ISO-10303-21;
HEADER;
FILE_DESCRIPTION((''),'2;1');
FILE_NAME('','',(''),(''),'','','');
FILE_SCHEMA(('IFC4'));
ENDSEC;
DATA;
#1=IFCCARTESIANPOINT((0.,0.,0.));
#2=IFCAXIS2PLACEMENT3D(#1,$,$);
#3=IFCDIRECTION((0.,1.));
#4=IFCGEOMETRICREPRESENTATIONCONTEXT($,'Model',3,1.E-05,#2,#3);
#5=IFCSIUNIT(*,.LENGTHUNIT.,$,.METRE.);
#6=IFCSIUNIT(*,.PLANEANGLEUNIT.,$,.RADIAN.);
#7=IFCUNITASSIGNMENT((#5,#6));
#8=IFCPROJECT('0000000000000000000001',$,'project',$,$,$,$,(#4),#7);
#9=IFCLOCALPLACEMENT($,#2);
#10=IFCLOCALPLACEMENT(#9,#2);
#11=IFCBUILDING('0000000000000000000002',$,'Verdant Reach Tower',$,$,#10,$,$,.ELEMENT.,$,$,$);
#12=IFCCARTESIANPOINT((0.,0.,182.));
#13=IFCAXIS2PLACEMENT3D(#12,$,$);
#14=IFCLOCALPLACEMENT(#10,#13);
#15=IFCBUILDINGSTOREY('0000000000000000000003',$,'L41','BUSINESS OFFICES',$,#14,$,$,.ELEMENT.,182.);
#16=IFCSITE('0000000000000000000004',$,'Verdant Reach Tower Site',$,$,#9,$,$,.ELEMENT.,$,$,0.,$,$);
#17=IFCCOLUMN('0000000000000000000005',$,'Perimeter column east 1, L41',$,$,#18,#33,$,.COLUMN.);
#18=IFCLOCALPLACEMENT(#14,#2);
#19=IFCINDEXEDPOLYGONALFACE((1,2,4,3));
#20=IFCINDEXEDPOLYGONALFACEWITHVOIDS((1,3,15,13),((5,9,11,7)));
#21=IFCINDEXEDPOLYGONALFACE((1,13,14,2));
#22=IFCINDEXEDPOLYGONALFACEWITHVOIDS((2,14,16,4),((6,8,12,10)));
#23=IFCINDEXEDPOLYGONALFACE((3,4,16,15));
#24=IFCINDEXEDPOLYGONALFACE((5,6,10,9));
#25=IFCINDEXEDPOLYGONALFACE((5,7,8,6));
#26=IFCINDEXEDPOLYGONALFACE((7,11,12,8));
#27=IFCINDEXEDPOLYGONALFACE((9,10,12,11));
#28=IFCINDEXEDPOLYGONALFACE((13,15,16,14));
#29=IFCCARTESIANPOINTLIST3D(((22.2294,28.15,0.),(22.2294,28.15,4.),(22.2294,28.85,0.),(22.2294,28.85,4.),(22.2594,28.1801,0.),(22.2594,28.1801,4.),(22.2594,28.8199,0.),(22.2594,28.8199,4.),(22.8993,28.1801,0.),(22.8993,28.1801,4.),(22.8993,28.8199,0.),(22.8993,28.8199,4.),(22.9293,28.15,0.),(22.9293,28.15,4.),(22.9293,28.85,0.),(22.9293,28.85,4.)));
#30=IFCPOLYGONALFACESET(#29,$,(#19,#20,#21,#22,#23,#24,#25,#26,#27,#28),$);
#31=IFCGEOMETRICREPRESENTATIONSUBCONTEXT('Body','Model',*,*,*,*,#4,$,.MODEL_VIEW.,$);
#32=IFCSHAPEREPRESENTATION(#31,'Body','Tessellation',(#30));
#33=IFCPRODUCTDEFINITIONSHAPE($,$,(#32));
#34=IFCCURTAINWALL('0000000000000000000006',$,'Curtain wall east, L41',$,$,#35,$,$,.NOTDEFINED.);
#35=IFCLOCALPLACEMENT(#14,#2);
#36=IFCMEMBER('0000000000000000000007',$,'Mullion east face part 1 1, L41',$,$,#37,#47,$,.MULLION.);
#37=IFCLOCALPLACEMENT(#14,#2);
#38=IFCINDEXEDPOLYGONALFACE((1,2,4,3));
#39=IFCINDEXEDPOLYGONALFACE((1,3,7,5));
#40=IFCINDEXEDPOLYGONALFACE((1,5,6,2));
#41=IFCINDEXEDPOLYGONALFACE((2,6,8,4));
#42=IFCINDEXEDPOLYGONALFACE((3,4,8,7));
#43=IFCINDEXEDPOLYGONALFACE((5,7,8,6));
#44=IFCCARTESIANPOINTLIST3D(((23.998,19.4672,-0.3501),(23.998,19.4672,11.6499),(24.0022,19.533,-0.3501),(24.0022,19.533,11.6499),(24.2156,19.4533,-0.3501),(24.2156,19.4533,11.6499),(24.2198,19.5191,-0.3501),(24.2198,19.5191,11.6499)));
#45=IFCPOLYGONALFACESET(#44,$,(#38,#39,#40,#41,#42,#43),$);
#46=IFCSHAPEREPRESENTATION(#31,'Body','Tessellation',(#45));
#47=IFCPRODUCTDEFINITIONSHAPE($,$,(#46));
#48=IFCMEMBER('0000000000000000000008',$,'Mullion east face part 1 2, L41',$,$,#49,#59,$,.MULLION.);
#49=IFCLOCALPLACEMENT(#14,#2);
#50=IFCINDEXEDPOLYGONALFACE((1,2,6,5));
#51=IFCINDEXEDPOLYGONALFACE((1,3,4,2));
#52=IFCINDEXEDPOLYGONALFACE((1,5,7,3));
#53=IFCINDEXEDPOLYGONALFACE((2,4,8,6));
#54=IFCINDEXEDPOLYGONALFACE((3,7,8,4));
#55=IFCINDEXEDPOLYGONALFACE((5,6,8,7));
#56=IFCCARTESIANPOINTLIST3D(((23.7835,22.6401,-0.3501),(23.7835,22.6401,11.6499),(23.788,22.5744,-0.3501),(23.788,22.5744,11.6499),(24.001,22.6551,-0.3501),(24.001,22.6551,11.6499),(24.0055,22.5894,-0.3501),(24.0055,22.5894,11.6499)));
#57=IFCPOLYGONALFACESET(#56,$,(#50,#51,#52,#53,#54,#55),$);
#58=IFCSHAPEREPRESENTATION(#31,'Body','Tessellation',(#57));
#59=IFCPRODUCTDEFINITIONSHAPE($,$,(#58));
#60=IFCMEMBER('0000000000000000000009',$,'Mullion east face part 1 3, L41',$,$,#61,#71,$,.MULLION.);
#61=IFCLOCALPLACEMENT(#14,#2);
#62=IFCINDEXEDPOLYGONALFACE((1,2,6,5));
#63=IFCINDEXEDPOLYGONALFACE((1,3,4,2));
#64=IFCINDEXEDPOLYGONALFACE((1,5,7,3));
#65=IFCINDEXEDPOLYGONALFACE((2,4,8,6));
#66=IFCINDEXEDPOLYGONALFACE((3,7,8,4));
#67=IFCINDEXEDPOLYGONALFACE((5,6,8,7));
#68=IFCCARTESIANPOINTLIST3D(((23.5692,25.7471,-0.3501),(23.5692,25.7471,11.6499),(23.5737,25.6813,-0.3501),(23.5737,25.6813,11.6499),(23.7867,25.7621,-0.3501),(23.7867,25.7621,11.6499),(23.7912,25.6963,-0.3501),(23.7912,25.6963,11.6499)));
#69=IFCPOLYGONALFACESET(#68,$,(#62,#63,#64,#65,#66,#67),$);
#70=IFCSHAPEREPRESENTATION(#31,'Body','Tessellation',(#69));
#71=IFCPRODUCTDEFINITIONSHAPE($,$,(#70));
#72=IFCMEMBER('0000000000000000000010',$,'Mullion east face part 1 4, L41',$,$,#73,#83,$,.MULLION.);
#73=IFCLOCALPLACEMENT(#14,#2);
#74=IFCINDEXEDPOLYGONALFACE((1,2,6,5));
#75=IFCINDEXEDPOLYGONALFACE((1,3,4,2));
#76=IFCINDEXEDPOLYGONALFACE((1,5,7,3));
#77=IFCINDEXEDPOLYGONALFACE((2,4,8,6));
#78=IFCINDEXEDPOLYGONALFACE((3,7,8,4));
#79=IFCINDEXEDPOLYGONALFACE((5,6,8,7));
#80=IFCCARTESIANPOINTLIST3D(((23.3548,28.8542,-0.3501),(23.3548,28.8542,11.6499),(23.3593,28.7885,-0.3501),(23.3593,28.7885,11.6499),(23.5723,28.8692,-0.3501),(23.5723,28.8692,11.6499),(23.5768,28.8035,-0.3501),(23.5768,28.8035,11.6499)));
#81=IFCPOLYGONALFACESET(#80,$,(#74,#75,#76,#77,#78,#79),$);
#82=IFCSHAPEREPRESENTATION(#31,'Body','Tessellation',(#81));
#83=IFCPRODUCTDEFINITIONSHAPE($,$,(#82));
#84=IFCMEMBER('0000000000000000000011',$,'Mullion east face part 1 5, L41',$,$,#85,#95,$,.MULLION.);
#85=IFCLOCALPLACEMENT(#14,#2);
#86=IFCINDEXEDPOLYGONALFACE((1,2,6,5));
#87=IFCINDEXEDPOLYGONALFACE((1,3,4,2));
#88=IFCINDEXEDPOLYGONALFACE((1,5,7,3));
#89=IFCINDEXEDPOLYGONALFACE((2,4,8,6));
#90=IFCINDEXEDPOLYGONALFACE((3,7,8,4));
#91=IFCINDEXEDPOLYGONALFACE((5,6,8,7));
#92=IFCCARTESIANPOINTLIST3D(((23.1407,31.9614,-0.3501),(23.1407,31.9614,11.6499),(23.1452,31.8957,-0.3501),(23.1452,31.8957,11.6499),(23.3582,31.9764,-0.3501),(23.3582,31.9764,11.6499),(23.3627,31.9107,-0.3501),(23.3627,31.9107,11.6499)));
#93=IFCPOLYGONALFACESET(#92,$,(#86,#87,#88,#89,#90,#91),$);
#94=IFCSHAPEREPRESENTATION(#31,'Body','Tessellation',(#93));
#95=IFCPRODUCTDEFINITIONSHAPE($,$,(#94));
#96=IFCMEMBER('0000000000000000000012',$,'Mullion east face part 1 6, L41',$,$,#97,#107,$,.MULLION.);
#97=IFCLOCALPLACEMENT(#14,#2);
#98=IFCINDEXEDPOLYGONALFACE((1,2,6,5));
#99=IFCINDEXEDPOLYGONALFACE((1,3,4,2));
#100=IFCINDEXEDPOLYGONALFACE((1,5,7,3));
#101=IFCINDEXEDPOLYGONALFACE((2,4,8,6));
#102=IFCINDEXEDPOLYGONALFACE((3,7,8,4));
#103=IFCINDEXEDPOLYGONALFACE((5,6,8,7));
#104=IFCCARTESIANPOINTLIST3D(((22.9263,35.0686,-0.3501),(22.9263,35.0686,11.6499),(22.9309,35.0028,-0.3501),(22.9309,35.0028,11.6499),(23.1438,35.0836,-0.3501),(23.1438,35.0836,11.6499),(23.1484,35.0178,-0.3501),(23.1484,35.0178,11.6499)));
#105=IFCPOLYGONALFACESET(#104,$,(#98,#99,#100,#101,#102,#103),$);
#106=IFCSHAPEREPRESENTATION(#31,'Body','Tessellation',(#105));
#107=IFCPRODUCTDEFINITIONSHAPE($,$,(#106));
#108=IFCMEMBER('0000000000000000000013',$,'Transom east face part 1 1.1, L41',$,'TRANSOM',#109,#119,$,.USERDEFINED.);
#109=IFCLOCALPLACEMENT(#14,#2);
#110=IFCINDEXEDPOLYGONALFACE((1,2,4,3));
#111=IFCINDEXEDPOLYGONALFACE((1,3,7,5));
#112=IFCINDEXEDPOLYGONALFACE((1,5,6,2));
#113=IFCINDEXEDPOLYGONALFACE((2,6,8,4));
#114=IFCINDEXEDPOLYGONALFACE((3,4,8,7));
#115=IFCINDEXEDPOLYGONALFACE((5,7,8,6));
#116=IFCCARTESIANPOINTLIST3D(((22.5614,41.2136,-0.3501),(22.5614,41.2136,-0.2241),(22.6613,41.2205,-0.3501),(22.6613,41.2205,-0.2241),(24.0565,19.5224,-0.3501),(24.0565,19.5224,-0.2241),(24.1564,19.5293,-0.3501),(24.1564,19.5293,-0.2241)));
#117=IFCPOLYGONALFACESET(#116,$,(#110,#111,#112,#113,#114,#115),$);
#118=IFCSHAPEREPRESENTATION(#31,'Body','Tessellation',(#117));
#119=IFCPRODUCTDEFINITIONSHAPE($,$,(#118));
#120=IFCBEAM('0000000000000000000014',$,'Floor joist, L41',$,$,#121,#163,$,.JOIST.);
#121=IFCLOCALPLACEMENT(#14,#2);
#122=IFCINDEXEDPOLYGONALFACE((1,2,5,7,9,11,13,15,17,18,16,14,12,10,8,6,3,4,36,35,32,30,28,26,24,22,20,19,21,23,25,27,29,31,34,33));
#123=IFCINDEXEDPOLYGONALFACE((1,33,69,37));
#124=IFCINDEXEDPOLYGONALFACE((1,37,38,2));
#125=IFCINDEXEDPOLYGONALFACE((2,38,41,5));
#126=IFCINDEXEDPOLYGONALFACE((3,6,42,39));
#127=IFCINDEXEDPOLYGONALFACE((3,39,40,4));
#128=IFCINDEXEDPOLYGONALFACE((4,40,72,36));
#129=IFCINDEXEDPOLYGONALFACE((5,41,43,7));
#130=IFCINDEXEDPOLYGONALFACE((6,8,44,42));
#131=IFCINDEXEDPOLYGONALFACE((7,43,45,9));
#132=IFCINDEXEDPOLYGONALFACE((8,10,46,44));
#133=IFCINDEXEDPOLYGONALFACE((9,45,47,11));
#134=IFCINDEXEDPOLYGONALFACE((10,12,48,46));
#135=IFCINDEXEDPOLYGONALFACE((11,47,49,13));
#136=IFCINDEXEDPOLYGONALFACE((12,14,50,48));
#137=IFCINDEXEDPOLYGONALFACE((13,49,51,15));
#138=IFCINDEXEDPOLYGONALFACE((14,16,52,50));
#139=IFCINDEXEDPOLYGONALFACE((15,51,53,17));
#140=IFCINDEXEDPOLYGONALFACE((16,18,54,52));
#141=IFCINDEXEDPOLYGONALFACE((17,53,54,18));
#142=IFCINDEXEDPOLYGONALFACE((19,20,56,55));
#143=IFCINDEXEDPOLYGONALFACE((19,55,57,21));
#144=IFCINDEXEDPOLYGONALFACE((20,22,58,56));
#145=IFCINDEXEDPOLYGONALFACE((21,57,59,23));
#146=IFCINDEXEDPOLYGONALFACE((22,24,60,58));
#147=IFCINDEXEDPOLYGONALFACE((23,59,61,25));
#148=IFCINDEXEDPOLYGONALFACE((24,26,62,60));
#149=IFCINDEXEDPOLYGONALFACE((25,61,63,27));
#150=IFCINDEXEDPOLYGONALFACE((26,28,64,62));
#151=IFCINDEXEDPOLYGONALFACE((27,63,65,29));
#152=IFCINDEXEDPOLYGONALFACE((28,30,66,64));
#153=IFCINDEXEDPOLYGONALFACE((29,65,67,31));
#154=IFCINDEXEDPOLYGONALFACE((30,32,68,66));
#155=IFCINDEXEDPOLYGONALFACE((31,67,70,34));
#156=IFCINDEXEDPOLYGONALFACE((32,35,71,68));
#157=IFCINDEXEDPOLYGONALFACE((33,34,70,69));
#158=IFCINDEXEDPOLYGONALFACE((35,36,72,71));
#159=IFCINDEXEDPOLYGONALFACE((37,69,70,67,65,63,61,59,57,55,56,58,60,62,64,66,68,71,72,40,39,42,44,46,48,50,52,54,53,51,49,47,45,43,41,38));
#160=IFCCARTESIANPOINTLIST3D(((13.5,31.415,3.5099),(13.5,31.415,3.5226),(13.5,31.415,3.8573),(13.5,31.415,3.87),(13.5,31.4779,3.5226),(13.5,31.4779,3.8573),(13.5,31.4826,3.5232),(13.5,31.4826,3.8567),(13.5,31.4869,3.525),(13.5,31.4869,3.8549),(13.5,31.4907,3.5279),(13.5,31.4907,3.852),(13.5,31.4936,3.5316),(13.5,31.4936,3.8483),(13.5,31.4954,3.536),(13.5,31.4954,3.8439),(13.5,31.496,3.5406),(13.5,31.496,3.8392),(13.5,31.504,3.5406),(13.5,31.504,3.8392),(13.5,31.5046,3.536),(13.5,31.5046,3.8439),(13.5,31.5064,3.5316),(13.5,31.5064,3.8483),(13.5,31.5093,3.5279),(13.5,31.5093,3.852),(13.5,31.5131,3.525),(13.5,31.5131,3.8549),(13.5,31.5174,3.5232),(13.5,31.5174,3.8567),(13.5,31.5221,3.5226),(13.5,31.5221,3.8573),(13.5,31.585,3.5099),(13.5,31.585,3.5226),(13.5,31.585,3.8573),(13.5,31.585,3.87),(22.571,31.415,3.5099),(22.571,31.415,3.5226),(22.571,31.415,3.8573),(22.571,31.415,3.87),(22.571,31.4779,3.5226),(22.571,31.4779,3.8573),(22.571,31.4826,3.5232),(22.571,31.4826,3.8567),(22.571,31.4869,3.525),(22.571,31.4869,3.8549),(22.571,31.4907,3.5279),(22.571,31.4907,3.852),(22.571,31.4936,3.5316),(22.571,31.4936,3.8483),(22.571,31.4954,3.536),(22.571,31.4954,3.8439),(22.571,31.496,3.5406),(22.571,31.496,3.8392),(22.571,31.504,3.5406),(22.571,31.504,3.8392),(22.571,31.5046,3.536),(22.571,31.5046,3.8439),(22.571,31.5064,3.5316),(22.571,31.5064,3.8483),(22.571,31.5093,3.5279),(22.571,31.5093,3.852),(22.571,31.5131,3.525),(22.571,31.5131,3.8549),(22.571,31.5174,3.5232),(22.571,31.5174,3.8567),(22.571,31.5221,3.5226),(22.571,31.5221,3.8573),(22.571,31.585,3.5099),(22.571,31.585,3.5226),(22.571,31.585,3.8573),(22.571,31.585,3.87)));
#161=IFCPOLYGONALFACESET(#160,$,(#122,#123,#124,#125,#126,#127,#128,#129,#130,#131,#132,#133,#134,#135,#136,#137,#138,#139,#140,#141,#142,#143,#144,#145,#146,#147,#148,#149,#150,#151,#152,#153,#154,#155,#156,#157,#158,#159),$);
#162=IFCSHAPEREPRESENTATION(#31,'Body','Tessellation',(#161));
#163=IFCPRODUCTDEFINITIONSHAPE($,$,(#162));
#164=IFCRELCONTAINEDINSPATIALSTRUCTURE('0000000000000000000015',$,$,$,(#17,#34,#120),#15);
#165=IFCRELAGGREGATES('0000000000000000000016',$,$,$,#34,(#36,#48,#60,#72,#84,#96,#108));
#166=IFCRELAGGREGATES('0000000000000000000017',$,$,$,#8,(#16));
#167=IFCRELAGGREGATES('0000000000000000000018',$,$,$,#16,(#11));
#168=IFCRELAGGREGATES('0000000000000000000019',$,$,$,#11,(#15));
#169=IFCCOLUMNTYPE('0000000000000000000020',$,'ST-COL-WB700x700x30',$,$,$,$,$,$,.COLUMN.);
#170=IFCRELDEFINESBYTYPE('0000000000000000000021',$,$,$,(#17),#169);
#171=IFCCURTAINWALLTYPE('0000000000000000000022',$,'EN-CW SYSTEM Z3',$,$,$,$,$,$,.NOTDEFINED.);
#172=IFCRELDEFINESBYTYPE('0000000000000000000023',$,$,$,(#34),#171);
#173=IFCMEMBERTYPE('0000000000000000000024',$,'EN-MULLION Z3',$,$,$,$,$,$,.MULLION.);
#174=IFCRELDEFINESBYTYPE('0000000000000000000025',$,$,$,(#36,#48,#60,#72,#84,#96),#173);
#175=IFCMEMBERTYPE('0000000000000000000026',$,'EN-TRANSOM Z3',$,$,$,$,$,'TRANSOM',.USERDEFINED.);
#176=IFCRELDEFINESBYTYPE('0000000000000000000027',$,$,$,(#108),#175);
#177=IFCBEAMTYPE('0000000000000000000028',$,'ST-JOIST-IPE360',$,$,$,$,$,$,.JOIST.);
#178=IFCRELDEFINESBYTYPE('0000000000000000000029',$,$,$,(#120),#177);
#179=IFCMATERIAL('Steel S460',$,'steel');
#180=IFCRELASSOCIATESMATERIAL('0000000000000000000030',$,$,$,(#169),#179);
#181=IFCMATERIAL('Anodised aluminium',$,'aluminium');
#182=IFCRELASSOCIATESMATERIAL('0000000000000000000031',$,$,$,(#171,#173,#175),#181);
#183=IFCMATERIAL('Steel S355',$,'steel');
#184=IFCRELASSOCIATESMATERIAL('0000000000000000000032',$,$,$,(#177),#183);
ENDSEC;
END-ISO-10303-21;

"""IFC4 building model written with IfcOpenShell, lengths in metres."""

from ifc_helpers import new_model, si_unit, direction, frame, origin, origin_2d, place, context, subcontext, project, spatial, rectangle, hollow_rectangle, i_section, extrude, material, material_profile, profile_set, type_object, element, aggregate, save


model = new_model("IFC4")

# Units and contexts
model_context = context("Model", 3, precision=1e-05, world=origin(), true_north=direction((0.0, 1.0)))
body_context = subcontext(model_context, "Body", "Model", "MODEL_VIEW")
ifc_project = project(units=[si_unit("LENGTHUNIT", "METRE"), si_unit("PLANEANGLEUNIT", "RADIAN")], contexts=[model_context])

# Site, building, storey
site_placement = place(None, origin())
site = spatial("IfcSite", under=ifc_project, at=site_placement, Name="Verdant Reach Tower Site", CompositionType="ELEMENT", RefElevation=0.0)
building_placement = place(site_placement, origin())
building = spatial("IfcBuilding", under=site, at=building_placement, Name="Verdant Reach Tower", CompositionType="ELEMENT")
storey_placement = place(building_placement, frame((0.0, 0.0, 182.0)))
storey = spatial("IfcBuildingStorey", under=building, at=storey_placement, Name="L41", Description="BUSINESS OFFICES", CompositionType="ELEMENT", Elevation=182.0)

# Column
ifc_material_1 = material(Name="Steel S460", Category="steel")
ifc_material_profile_1 = material_profile(ifc_material_1, hollow_rectangle(XDim=0.7, YDim=0.7, WallThickness=0.03, at=origin_2d()), Name="WB 700x700x30")
ifc_profile_set_1 = profile_set([ifc_material_profile_1], Name="Steel S460")
column_type = type_object("IfcColumnType", Name="ST-COL-WB700x700x30", PredefinedType="COLUMN", material=ifc_profile_set_1)
column_placement = place(storey_placement, frame((22.5793, 28.5, 0.0), z_axis=(0.0, 0.0, 1.0), x_axis=(1.0, 0.0, 0.0)))
element("IfcColumn", 1, at=column_placement, inside=storey, type_object=column_type, Name="Perimeter column east 1, L41", PredefinedType="COLUMN", context=body_context, shape_type="SweptSolid", body=[
    extrude(hollow_rectangle(XDim=0.7, YDim=0.7, WallThickness=0.03, at=origin_2d()), origin(), (0.0, 0.0, 1.0), 4.0),
])

# Curtain wall, members
ifc_material_2 = material(Name="Anodised aluminium", Category="aluminium")
curtain_wall_type = type_object("IfcCurtainWallType", Name="EN-CW SYSTEM Z3", PredefinedType="NOTDEFINED", material=ifc_material_2)
curtain_wall_placement = place(storey_placement, origin())
curtain_wall = element("IfcCurtainWall", 2, at=curtain_wall_placement, inside=storey, type_object=curtain_wall_type, Name="Curtain wall east, L41", PredefinedType="NOTDEFINED")
ifc_material_profile_2 = material_profile(ifc_material_2, rectangle(XDim=0.218, YDim=0.0659, at=origin_2d()), Name="Mullion 66x218")
ifc_profile_set_2 = profile_set([ifc_material_profile_2], Name="Anodised aluminium")
member_type_1 = type_object("IfcMemberType", Name="EN-MULLION Z3", PredefinedType="MULLION", material=ifc_profile_set_2)
member_1_placement = place(storey_placement, frame((24.1089, 19.4932, -0.3501), z_axis=(0.0, 0.0, 1.0), x_axis=(0.997969, -0.063699, 0.0)))
member_1 = element("IfcMember", 3, at=member_1_placement, type_object=member_type_1, Name="Mullion east face part 1 1, L41", PredefinedType="MULLION", context=body_context, shape_type="SweptSolid", body=[
    extrude(rectangle(XDim=0.218, YDim=0.0659, at=origin_2d()), origin(), (0.0, 0.0, 1.0), 12.0),
])
member_2_placement = place(storey_placement, frame((23.8945, 22.6147, -0.3501), z_axis=(0.0, 0.0, 1.0), x_axis=(0.99763, 0.068802, 0.0)))
member_2 = element("IfcMember", 4, at=member_2_placement, type_object=member_type_1, Name="Mullion east face part 1 2, L41", PredefinedType="MULLION", context=body_context, shape_type="SweptSolid", body=[
    extrude(rectangle(XDim=0.218, YDim=0.0659, at=origin_2d()), origin(), (0.0, 0.0, 1.0), 12.0),
])
member_3_placement = place(storey_placement, frame((23.6802, 25.7217, -0.3501), z_axis=(0.0, 0.0, 1.0), x_axis=(0.99763, 0.068802, 0.0)))
member_3 = element("IfcMember", 5, at=member_3_placement, type_object=member_type_1, Name="Mullion east face part 1 3, L41", PredefinedType="MULLION", context=body_context, shape_type="SweptSolid", body=[
    extrude(rectangle(XDim=0.218, YDim=0.0659, at=origin_2d()), origin(), (0.0, 0.0, 1.0), 12.0),
])
member_4_placement = place(storey_placement, frame((23.4658, 28.8289, -0.3501), z_axis=(0.0, 0.0, 1.0), x_axis=(0.99763, 0.068802, 0.0)))
member_4 = element("IfcMember", 6, at=member_4_placement, type_object=member_type_1, Name="Mullion east face part 1 4, L41", PredefinedType="MULLION", context=body_context, shape_type="SweptSolid", body=[
    extrude(rectangle(XDim=0.218, YDim=0.0659, at=origin_2d()), origin(), (0.0, 0.0, 1.0), 12.0),
])
member_5_placement = place(storey_placement, frame((23.2517, 31.936, -0.3501), z_axis=(0.0, 0.0, 1.0), x_axis=(0.99763, 0.068802, 0.0)))
member_5 = element("IfcMember", 7, at=member_5_placement, type_object=member_type_1, Name="Mullion east face part 1 5, L41", PredefinedType="MULLION", context=body_context, shape_type="SweptSolid", body=[
    extrude(rectangle(XDim=0.218, YDim=0.0659, at=origin_2d()), origin(), (0.0, 0.0, 1.0), 12.0),
])
member_6_placement = place(storey_placement, frame((23.0374, 35.0432, -0.3501), z_axis=(0.0, 0.0, 1.0), x_axis=(0.99763, 0.068802, 0.0)))
member_6 = element("IfcMember", 8, at=member_6_placement, type_object=member_type_1, Name="Mullion east face part 1 6, L41", PredefinedType="MULLION", context=body_context, shape_type="SweptSolid", body=[
    extrude(rectangle(XDim=0.218, YDim=0.0659, at=origin_2d()), origin(), (0.0, 0.0, 1.0), 12.0),
])
ifc_material_profile_3 = material_profile(ifc_material_2, rectangle(XDim=0.1001, YDim=0.126, at=origin_2d()), Name="Transom 126x100")
ifc_profile_set_3 = profile_set([ifc_material_profile_3], Name="Anodised aluminium")
member_type_2 = type_object("IfcMemberType", Name="EN-TRANSOM Z3", ElementType="TRANSOM", PredefinedType="USERDEFINED", material=ifc_profile_set_3)
member_7_placement = place(storey_placement, frame((24.1064, 19.5259, -0.2871), z_axis=(-0.068764, 0.997633, 0.0), x_axis=(-0.997633, -0.068764, 0.0)))
member_7 = element("IfcMember", 9, at=member_7_placement, type_object=member_type_2, Name="Transom east face part 1 1.1, L41", ObjectType="TRANSOM", PredefinedType="USERDEFINED", context=body_context, shape_type="SweptSolid", body=[
    extrude(rectangle(XDim=0.1001, YDim=0.126, at=origin_2d()), origin(), (0.0, 0.0, 1.0), 21.7427),
])

# Beam
ifc_material_3 = material(Name="Steel S355", Category="steel")
ifc_material_profile_4 = material_profile(ifc_material_3, i_section(OverallWidth=0.1699, OverallDepth=0.3601, WebThickness=0.0081, FlangeThickness=0.0127, FilletRadius=0.0181, at=origin_2d()), Name="IPE 360")
ifc_profile_set_4 = profile_set([ifc_material_profile_4], Name="Steel S355")
beam_type_1 = type_object("IfcBeamType", Name="ST-JOIST-IPE360", PredefinedType="JOIST", material=ifc_profile_set_4)
beam_1_placement = place(storey_placement, frame((13.5, 31.5, 3.6899), z_axis=(1.0, 0.0, 0.0), x_axis=(0.0, 1.0, 0.0)))
element("IfcBeam", 10, at=beam_1_placement, inside=storey, type_object=beam_type_1, Name="Floor joist, L41", PredefinedType="JOIST", context=body_context, shape_type="SweptSolid", body=[
    extrude(i_section(OverallWidth=0.1699, OverallDepth=0.3601, WebThickness=0.0081, FlangeThickness=0.0127, FilletRadius=0.0181, at=origin_2d()), origin(), (0.0, 0.0, 1.0), 9.071),
])

aggregate(curtain_wall, [member_1, member_2, member_3, member_4, member_5, member_6, member_7])

save(model, "model.ifc")
